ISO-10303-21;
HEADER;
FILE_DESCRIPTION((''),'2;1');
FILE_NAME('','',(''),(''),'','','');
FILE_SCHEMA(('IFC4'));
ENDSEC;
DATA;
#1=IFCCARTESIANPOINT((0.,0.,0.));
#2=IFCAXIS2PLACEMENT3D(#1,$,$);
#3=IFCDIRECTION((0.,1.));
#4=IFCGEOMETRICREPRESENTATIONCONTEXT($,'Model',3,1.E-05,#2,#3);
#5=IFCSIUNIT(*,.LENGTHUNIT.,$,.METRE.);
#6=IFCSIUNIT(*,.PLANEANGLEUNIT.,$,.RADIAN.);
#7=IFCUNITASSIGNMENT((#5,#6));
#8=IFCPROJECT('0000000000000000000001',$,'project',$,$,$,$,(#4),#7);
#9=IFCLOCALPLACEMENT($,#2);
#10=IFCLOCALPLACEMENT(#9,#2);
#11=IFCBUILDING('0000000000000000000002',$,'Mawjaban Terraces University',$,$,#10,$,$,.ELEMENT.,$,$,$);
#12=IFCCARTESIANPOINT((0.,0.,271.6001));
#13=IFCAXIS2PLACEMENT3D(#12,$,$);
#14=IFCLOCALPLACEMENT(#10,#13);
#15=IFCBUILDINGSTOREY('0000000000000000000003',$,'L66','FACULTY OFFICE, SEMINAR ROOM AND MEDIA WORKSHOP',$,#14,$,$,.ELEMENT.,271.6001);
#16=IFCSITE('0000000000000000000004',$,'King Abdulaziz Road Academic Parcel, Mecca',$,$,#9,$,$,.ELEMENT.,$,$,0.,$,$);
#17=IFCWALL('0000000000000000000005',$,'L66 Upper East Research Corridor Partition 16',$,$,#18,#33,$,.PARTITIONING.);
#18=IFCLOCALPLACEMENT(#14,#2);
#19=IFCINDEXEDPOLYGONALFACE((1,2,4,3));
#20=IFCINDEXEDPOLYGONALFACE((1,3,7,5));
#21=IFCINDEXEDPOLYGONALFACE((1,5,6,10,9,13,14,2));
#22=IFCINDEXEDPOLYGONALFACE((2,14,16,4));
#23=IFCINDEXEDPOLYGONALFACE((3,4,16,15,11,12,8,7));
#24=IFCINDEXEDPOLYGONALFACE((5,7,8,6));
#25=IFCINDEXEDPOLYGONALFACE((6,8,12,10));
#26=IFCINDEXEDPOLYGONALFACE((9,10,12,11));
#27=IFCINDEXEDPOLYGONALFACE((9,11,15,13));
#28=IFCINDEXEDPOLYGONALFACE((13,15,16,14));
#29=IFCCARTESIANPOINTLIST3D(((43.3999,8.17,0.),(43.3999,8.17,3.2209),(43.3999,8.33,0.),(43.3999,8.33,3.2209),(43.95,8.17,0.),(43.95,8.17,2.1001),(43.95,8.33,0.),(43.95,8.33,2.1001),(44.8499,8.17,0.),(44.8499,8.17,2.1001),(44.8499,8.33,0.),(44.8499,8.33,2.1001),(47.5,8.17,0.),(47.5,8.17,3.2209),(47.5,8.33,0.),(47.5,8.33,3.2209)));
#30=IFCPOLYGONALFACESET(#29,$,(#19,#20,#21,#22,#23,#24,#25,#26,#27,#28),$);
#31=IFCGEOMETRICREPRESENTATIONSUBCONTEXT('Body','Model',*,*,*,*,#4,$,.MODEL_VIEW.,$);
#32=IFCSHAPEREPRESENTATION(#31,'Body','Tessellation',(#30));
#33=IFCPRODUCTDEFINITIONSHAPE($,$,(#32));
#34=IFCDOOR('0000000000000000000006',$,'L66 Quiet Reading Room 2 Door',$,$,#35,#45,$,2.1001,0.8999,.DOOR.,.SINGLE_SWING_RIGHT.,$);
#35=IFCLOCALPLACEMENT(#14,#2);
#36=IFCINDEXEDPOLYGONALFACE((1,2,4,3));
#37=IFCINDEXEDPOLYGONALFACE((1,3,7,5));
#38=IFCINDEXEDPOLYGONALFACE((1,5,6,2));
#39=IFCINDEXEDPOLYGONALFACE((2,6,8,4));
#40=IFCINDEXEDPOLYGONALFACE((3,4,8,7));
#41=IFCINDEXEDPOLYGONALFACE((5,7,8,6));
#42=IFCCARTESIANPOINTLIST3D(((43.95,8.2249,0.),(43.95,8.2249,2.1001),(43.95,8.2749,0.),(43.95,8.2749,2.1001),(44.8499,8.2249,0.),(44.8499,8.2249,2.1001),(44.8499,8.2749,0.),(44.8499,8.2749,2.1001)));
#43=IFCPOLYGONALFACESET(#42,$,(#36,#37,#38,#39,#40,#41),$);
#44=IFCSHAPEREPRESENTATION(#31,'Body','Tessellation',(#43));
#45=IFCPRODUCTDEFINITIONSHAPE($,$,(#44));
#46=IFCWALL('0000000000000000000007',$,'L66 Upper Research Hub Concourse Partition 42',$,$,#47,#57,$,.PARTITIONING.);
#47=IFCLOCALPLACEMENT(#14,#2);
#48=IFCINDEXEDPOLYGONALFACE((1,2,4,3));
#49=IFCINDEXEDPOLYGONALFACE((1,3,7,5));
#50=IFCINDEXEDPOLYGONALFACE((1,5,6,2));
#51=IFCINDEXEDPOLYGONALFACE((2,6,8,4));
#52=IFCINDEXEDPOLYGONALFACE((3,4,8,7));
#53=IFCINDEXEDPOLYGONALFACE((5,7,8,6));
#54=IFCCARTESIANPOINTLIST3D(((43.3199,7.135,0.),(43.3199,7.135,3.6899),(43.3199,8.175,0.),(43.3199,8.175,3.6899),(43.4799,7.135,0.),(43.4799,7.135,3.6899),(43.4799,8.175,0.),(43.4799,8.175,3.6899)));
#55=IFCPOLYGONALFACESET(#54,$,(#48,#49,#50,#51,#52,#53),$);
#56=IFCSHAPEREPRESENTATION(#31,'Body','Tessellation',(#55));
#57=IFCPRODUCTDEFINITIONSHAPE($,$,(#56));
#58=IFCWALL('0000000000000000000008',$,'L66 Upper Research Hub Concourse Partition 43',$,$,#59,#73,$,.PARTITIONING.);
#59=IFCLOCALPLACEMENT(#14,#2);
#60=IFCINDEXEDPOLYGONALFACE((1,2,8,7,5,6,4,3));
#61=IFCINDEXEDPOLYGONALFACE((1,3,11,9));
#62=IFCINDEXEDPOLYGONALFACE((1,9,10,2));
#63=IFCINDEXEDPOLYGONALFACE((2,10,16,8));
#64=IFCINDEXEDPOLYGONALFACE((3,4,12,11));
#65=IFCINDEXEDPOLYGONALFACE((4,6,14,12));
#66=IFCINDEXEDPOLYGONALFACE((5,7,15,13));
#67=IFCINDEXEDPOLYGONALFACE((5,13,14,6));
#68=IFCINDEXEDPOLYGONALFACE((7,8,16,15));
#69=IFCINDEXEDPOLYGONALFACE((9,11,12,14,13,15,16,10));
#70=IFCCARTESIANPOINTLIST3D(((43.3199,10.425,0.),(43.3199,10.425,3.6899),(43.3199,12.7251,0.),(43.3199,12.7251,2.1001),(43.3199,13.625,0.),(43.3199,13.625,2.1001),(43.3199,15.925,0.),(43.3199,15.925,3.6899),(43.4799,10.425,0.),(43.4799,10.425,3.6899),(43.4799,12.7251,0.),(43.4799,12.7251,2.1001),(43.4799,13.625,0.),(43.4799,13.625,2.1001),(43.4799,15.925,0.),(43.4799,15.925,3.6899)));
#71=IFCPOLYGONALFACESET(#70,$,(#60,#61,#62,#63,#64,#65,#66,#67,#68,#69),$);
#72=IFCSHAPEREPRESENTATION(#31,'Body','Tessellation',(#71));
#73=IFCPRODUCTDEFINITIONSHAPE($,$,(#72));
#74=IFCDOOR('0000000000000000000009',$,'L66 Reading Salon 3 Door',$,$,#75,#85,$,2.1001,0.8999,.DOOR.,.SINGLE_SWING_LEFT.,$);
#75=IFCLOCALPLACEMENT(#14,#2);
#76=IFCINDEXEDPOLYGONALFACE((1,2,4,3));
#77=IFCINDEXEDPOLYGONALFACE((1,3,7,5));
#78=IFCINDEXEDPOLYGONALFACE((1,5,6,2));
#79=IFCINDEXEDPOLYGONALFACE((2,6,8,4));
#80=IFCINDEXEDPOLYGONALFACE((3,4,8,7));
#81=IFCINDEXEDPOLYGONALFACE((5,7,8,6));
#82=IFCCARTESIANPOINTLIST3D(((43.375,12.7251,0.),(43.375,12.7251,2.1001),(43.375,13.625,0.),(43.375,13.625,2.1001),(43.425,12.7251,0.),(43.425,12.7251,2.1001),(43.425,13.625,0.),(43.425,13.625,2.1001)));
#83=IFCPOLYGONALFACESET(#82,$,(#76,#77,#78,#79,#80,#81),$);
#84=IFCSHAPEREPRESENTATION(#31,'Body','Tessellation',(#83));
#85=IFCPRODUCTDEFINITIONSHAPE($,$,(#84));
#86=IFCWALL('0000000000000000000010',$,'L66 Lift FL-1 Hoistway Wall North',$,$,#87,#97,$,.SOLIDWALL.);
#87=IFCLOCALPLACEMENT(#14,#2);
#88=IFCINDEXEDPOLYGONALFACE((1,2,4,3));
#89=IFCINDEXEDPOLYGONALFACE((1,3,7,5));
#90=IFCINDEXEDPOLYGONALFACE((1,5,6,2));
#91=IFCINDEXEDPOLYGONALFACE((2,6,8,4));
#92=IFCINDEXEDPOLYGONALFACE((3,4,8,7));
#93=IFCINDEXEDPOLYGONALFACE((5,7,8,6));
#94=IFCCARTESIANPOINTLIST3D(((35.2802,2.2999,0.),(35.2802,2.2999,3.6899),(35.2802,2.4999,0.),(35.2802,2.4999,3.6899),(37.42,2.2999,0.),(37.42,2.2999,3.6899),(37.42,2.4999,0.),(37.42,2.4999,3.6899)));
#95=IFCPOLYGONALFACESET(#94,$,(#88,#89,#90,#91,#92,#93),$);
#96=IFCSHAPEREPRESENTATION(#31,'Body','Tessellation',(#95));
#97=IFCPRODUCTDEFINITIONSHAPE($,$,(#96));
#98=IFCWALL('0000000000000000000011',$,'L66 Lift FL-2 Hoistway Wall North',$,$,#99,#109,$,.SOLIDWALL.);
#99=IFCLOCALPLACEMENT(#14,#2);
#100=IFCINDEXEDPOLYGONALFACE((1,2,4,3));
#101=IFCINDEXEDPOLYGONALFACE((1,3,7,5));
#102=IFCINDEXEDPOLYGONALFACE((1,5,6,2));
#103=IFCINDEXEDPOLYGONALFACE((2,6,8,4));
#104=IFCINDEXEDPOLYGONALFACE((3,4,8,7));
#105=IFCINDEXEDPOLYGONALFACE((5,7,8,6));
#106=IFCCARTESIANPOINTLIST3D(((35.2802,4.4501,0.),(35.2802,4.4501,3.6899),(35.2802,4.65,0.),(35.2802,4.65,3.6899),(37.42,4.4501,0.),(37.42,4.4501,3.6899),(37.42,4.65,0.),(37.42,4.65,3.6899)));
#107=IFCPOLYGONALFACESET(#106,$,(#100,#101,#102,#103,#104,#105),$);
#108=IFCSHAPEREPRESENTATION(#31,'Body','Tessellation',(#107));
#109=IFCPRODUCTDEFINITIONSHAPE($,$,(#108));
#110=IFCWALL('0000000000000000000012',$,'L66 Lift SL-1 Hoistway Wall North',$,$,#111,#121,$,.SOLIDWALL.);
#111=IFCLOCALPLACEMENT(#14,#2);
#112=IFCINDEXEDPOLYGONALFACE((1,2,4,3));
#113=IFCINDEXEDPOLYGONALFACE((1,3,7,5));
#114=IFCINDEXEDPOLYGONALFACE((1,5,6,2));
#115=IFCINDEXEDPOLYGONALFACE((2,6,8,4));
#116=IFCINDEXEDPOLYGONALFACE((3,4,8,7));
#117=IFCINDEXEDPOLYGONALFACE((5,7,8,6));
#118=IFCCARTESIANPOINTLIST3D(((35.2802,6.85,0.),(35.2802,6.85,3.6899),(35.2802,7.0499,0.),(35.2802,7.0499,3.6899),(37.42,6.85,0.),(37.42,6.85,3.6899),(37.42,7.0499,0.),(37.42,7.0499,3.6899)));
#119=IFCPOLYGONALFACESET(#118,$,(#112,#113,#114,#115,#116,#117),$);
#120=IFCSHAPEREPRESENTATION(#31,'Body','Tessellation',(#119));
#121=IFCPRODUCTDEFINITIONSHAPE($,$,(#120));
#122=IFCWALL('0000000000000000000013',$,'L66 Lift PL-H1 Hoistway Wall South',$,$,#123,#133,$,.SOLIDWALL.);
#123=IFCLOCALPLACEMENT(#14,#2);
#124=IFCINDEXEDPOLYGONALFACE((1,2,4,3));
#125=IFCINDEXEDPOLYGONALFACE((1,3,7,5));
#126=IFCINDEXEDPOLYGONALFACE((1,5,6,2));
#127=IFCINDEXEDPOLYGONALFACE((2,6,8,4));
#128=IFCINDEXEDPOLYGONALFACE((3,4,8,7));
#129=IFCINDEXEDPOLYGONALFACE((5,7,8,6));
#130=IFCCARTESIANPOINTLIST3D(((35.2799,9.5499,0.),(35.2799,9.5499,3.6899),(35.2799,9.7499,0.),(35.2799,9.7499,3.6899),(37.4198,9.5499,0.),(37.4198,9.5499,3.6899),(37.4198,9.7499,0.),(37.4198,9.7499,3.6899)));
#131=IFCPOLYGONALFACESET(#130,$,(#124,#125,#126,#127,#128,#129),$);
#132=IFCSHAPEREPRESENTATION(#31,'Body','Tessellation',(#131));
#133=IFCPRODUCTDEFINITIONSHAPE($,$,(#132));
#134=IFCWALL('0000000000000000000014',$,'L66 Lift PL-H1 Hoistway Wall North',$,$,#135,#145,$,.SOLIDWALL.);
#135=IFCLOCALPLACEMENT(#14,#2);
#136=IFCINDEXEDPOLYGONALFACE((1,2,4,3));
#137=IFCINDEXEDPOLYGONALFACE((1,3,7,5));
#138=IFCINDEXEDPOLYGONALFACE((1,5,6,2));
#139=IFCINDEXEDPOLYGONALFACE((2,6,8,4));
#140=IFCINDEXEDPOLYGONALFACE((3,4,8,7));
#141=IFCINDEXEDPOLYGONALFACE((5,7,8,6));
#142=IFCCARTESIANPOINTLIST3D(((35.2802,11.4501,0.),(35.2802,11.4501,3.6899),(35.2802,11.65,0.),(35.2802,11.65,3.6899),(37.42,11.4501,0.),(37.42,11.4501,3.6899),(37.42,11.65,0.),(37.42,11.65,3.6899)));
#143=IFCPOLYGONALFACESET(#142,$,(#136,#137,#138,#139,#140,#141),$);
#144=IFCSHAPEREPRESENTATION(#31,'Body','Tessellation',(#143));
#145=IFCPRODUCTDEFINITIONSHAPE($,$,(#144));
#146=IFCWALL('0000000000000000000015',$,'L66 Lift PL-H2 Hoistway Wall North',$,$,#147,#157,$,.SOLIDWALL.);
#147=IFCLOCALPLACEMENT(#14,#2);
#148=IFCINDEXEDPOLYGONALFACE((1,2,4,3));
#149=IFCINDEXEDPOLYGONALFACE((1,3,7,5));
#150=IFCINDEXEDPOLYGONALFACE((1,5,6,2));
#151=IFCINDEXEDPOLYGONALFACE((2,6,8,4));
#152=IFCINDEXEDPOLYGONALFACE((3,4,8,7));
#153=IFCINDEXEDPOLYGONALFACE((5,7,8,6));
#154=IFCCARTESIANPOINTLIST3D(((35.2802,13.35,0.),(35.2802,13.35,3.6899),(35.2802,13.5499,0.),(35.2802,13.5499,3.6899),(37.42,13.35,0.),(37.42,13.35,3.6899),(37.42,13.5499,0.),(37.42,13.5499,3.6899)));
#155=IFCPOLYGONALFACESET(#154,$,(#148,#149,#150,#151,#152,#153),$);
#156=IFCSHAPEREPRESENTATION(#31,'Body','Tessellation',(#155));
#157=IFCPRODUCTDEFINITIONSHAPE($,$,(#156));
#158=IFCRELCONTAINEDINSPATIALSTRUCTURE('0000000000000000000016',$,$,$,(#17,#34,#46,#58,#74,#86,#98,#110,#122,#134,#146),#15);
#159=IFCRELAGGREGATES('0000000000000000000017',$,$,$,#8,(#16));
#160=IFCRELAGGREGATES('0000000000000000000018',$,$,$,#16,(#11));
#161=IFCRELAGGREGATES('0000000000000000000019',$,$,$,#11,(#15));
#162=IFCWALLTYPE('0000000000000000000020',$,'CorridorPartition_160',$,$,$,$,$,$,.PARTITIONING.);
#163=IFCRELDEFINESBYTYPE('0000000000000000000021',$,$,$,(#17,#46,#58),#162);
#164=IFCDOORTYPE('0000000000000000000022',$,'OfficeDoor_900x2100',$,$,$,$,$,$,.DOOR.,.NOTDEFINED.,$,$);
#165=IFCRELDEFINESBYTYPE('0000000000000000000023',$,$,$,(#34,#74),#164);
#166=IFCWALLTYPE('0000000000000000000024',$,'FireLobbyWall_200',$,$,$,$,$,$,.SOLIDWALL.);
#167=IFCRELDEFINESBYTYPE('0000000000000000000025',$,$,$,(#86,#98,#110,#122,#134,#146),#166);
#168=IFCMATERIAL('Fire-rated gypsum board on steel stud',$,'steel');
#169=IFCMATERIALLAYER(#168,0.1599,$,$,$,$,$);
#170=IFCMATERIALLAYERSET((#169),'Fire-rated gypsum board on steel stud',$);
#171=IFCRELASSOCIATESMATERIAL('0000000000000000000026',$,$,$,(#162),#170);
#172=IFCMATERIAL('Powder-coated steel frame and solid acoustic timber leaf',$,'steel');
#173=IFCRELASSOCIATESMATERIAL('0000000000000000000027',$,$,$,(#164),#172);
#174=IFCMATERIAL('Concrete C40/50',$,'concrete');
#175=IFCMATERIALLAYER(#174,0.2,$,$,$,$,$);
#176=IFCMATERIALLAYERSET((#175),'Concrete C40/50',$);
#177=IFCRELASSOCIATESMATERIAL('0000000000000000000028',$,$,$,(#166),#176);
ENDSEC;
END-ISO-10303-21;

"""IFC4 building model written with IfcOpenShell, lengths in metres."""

from ifc_helpers import new_model, si_unit, direction, frame, frame_2d, origin, place, context, subcontext, project, spatial, rectangle, extrude, material, layer, layer_set, type_object, element, fill, save


model = new_model("IFC4")

# Units and contexts
model_context = context("Model", 3, precision=1e-05, world=origin(), true_north=direction((0.0, 1.0)))
body_context = subcontext(model_context, "Body", "Model", "MODEL_VIEW")
ifc_project = project(units=[si_unit("LENGTHUNIT", "METRE"), si_unit("PLANEANGLEUNIT", "RADIAN")], contexts=[model_context])

# Site, building, storey
site_placement = place(None, origin())
site = spatial("IfcSite", under=ifc_project, at=site_placement, Name="King Abdulaziz Road Academic Parcel, Mecca", CompositionType="ELEMENT", RefElevation=0.0)
building_placement = place(site_placement, origin())
building = spatial("IfcBuilding", under=site, at=building_placement, Name="Mawjaban Terraces University", CompositionType="ELEMENT")
storey_placement = place(building_placement, frame((0.0, 0.0, 271.6001)))
storey = spatial("IfcBuildingStorey", under=building, at=storey_placement, Name="L66", Description="FACULTY OFFICE, SEMINAR ROOM AND MEDIA WORKSHOP", CompositionType="ELEMENT", Elevation=271.6001)

# Shared definitions
ifc_material_1 = material(Name="Powder-coated steel frame and solid acoustic timber leaf", Category="steel")

# Wall, opening, door
ifc_material_2 = material(Name="Fire-rated gypsum board on steel stud", Category="steel")
ifc_layer_1 = layer(ifc_material_2, 0.1599)
ifc_layer_set_1 = layer_set([ifc_layer_1], Name="Fire-rated gypsum board on steel stud")
wall_type_1 = type_object("IfcWallType", Name="CorridorPartition_160", PredefinedType="PARTITIONING", material=ifc_layer_set_1)
wall_1_placement = place(storey_placement, frame((43.3999, 8.25, 0.0), z_axis=(0.0, 0.0, 1.0), x_axis=(1.0, 0.0, 0.0)))
wall_1 = element("IfcWall", 1, at=wall_1_placement, inside=storey, type_object=wall_type_1, Name="L66 Upper East Research Corridor Partition 16", PredefinedType="PARTITIONING", context=body_context, shape_type="SweptSolid", body=[
    extrude(rectangle(XDim=4.1001, YDim=0.1599, at=frame_2d((2.05, 0.0))), origin(), (0.0, 0.0, 1.0), 3.2209),
])
opening_1_placement = place(wall_1_placement, frame((0.55, 0.0, 0.0)))
opening_1 = element("IfcOpeningElement", 2, at=opening_1_placement, cuts=wall_1, PredefinedType="OPENING", context=body_context, shape_type="SweptSolid", body=[
    extrude(rectangle(XDim=0.8999, YDim=2.1001, at=frame_2d((0.45, 1.05))), frame((0.0, 0.0898, 0.0), z_axis=(0.0, -1.0, 0.0), x_axis=(1.0, 0.0, 0.0)), (0.0, 0.0, 1.0), 0.1799),
])
door_type_1 = type_object("IfcDoorType", Name="OfficeDoor_900x2100", OperationType="NOTDEFINED", PredefinedType="DOOR", material=ifc_material_1)
door_1_placement = place(opening_1_placement, origin())
door_1 = element("IfcDoor", 3, at=door_1_placement, inside=storey, type_object=door_type_1, Name="L66 Quiet Reading Room 2 Door", OperationType="SINGLE_SWING_RIGHT", OverallHeight=2.1001, OverallWidth=0.8999, PredefinedType="DOOR", context=body_context, shape_type="SweptSolid", body=[
    extrude(rectangle(XDim=0.8999, YDim=2.1001, at=frame_2d((0.45, 1.05))), frame((0.0, 0.0249, 0.0), z_axis=(0.0, -1.0, 0.0), x_axis=(1.0, 0.0, 0.0)), (0.0, 0.0, 1.0), 0.05),
])
fill(opening_1, door_1)

# Wall
wall_2_placement = place(storey_placement, frame((43.3999, 7.135, 0.0), z_axis=(0.0, 0.0, 1.0), x_axis=(0.0, 1.0, 0.0)))
element("IfcWall", 4, at=wall_2_placement, inside=storey, type_object=wall_type_1, Name="L66 Upper Research Hub Concourse Partition 42", PredefinedType="PARTITIONING", context=body_context, shape_type="SweptSolid", body=[
    extrude(rectangle(XDim=1.04, YDim=0.1599, at=frame_2d((0.52, 0.0))), origin(), (0.0, 0.0, 1.0), 3.6899),
])

# Wall, opening, door
wall_3_placement = place(storey_placement, frame((43.3999, 10.425, 0.0), z_axis=(0.0, 0.0, 1.0), x_axis=(0.0, 1.0, 0.0)))
wall_3 = element("IfcWall", 5, at=wall_3_placement, inside=storey, type_object=wall_type_1, Name="L66 Upper Research Hub Concourse Partition 43", PredefinedType="PARTITIONING", context=body_context, shape_type="SweptSolid", body=[
    extrude(rectangle(XDim=5.5, YDim=0.1599, at=frame_2d((2.75, 0.0))), origin(), (0.0, 0.0, 1.0), 3.6899),
])
opening_2_placement = place(wall_3_placement, frame((2.3, 0.0, 0.0)))
opening_2 = element("IfcOpeningElement", 6, at=opening_2_placement, cuts=wall_3, PredefinedType="OPENING", context=body_context, shape_type="SweptSolid", body=[
    extrude(rectangle(XDim=0.8999, YDim=2.1001, at=frame_2d((0.45, 1.05))), frame((0.0, 0.0898, 0.0), z_axis=(0.0, -1.0, 0.0), x_axis=(1.0, 0.0, 0.0)), (0.0, 0.0, 1.0), 0.1799),
])
door_2_placement = place(opening_2_placement, origin())
door_2 = element("IfcDoor", 7, at=door_2_placement, inside=storey, type_object=door_type_1, Name="L66 Reading Salon 3 Door", OperationType="SINGLE_SWING_LEFT", OverallHeight=2.1001, OverallWidth=0.8999, PredefinedType="DOOR", context=body_context, shape_type="SweptSolid", body=[
    extrude(rectangle(XDim=0.8999, YDim=2.1001, at=frame_2d((0.45, 1.05))), frame((0.0, 0.0249, 0.0), z_axis=(0.0, -1.0, 0.0), x_axis=(1.0, 0.0, 0.0)), (0.0, 0.0, 1.0), 0.05),
])
fill(opening_2, door_2)

# Walls
ifc_material_3 = material(Name="Concrete C40/50", Category="concrete")
ifc_layer_2 = layer(ifc_material_3, 0.2)
ifc_layer_set_2 = layer_set([ifc_layer_2], Name="Concrete C40/50")
wall_type_2 = type_object("IfcWallType", Name="FireLobbyWall_200", PredefinedType="SOLIDWALL", material=ifc_layer_set_2)
for number, where, z_axis, x_axis, name in (
    (8, (37.4199, 2.3999, 0.0), (0.0, 0.0, 1.0), (-1.0, 0.0, 0.0), "L66 Lift FL-1 Hoistway Wall North"),
    (9, (37.4199, 4.55, 0.0), (0.0, 0.0, 1.0), (-1.0, 0.0, 0.0), "L66 Lift FL-2 Hoistway Wall North"),
    (10, (37.4199, 6.95, 0.0), (0.0, 0.0, 1.0), (-1.0, 0.0, 0.0), "L66 Lift SL-1 Hoistway Wall North"),
    (11, (35.28, 9.6499, 0.0), (0.0, 0.0, 1.0), (1.0, 0.0, 0.0), "L66 Lift PL-H1 Hoistway Wall South"),
    (12, (37.4199, 11.55, 0.0), (0.0, 0.0, 1.0), (-1.0, 0.0, 0.0), "L66 Lift PL-H1 Hoistway Wall North"),
    (13, (37.4199, 13.45, 0.0), (0.0, 0.0, 1.0), (-1.0, 0.0, 0.0), "L66 Lift PL-H2 Hoistway Wall North"),
):
    element("IfcWall", number, at=place(storey_placement, frame(where, z_axis=z_axis, x_axis=x_axis)), inside=storey, type_object=wall_type_2, Name=name, PredefinedType="SOLIDWALL", context=body_context, shape_type="SweptSolid", body=[
        extrude(rectangle(XDim=2.1399, YDim=0.2, at=frame_2d((1.0698, 0.0))), origin(), (0.0, 0.0, 1.0), 3.6899),
    ])

save(model, "model.ifc")
